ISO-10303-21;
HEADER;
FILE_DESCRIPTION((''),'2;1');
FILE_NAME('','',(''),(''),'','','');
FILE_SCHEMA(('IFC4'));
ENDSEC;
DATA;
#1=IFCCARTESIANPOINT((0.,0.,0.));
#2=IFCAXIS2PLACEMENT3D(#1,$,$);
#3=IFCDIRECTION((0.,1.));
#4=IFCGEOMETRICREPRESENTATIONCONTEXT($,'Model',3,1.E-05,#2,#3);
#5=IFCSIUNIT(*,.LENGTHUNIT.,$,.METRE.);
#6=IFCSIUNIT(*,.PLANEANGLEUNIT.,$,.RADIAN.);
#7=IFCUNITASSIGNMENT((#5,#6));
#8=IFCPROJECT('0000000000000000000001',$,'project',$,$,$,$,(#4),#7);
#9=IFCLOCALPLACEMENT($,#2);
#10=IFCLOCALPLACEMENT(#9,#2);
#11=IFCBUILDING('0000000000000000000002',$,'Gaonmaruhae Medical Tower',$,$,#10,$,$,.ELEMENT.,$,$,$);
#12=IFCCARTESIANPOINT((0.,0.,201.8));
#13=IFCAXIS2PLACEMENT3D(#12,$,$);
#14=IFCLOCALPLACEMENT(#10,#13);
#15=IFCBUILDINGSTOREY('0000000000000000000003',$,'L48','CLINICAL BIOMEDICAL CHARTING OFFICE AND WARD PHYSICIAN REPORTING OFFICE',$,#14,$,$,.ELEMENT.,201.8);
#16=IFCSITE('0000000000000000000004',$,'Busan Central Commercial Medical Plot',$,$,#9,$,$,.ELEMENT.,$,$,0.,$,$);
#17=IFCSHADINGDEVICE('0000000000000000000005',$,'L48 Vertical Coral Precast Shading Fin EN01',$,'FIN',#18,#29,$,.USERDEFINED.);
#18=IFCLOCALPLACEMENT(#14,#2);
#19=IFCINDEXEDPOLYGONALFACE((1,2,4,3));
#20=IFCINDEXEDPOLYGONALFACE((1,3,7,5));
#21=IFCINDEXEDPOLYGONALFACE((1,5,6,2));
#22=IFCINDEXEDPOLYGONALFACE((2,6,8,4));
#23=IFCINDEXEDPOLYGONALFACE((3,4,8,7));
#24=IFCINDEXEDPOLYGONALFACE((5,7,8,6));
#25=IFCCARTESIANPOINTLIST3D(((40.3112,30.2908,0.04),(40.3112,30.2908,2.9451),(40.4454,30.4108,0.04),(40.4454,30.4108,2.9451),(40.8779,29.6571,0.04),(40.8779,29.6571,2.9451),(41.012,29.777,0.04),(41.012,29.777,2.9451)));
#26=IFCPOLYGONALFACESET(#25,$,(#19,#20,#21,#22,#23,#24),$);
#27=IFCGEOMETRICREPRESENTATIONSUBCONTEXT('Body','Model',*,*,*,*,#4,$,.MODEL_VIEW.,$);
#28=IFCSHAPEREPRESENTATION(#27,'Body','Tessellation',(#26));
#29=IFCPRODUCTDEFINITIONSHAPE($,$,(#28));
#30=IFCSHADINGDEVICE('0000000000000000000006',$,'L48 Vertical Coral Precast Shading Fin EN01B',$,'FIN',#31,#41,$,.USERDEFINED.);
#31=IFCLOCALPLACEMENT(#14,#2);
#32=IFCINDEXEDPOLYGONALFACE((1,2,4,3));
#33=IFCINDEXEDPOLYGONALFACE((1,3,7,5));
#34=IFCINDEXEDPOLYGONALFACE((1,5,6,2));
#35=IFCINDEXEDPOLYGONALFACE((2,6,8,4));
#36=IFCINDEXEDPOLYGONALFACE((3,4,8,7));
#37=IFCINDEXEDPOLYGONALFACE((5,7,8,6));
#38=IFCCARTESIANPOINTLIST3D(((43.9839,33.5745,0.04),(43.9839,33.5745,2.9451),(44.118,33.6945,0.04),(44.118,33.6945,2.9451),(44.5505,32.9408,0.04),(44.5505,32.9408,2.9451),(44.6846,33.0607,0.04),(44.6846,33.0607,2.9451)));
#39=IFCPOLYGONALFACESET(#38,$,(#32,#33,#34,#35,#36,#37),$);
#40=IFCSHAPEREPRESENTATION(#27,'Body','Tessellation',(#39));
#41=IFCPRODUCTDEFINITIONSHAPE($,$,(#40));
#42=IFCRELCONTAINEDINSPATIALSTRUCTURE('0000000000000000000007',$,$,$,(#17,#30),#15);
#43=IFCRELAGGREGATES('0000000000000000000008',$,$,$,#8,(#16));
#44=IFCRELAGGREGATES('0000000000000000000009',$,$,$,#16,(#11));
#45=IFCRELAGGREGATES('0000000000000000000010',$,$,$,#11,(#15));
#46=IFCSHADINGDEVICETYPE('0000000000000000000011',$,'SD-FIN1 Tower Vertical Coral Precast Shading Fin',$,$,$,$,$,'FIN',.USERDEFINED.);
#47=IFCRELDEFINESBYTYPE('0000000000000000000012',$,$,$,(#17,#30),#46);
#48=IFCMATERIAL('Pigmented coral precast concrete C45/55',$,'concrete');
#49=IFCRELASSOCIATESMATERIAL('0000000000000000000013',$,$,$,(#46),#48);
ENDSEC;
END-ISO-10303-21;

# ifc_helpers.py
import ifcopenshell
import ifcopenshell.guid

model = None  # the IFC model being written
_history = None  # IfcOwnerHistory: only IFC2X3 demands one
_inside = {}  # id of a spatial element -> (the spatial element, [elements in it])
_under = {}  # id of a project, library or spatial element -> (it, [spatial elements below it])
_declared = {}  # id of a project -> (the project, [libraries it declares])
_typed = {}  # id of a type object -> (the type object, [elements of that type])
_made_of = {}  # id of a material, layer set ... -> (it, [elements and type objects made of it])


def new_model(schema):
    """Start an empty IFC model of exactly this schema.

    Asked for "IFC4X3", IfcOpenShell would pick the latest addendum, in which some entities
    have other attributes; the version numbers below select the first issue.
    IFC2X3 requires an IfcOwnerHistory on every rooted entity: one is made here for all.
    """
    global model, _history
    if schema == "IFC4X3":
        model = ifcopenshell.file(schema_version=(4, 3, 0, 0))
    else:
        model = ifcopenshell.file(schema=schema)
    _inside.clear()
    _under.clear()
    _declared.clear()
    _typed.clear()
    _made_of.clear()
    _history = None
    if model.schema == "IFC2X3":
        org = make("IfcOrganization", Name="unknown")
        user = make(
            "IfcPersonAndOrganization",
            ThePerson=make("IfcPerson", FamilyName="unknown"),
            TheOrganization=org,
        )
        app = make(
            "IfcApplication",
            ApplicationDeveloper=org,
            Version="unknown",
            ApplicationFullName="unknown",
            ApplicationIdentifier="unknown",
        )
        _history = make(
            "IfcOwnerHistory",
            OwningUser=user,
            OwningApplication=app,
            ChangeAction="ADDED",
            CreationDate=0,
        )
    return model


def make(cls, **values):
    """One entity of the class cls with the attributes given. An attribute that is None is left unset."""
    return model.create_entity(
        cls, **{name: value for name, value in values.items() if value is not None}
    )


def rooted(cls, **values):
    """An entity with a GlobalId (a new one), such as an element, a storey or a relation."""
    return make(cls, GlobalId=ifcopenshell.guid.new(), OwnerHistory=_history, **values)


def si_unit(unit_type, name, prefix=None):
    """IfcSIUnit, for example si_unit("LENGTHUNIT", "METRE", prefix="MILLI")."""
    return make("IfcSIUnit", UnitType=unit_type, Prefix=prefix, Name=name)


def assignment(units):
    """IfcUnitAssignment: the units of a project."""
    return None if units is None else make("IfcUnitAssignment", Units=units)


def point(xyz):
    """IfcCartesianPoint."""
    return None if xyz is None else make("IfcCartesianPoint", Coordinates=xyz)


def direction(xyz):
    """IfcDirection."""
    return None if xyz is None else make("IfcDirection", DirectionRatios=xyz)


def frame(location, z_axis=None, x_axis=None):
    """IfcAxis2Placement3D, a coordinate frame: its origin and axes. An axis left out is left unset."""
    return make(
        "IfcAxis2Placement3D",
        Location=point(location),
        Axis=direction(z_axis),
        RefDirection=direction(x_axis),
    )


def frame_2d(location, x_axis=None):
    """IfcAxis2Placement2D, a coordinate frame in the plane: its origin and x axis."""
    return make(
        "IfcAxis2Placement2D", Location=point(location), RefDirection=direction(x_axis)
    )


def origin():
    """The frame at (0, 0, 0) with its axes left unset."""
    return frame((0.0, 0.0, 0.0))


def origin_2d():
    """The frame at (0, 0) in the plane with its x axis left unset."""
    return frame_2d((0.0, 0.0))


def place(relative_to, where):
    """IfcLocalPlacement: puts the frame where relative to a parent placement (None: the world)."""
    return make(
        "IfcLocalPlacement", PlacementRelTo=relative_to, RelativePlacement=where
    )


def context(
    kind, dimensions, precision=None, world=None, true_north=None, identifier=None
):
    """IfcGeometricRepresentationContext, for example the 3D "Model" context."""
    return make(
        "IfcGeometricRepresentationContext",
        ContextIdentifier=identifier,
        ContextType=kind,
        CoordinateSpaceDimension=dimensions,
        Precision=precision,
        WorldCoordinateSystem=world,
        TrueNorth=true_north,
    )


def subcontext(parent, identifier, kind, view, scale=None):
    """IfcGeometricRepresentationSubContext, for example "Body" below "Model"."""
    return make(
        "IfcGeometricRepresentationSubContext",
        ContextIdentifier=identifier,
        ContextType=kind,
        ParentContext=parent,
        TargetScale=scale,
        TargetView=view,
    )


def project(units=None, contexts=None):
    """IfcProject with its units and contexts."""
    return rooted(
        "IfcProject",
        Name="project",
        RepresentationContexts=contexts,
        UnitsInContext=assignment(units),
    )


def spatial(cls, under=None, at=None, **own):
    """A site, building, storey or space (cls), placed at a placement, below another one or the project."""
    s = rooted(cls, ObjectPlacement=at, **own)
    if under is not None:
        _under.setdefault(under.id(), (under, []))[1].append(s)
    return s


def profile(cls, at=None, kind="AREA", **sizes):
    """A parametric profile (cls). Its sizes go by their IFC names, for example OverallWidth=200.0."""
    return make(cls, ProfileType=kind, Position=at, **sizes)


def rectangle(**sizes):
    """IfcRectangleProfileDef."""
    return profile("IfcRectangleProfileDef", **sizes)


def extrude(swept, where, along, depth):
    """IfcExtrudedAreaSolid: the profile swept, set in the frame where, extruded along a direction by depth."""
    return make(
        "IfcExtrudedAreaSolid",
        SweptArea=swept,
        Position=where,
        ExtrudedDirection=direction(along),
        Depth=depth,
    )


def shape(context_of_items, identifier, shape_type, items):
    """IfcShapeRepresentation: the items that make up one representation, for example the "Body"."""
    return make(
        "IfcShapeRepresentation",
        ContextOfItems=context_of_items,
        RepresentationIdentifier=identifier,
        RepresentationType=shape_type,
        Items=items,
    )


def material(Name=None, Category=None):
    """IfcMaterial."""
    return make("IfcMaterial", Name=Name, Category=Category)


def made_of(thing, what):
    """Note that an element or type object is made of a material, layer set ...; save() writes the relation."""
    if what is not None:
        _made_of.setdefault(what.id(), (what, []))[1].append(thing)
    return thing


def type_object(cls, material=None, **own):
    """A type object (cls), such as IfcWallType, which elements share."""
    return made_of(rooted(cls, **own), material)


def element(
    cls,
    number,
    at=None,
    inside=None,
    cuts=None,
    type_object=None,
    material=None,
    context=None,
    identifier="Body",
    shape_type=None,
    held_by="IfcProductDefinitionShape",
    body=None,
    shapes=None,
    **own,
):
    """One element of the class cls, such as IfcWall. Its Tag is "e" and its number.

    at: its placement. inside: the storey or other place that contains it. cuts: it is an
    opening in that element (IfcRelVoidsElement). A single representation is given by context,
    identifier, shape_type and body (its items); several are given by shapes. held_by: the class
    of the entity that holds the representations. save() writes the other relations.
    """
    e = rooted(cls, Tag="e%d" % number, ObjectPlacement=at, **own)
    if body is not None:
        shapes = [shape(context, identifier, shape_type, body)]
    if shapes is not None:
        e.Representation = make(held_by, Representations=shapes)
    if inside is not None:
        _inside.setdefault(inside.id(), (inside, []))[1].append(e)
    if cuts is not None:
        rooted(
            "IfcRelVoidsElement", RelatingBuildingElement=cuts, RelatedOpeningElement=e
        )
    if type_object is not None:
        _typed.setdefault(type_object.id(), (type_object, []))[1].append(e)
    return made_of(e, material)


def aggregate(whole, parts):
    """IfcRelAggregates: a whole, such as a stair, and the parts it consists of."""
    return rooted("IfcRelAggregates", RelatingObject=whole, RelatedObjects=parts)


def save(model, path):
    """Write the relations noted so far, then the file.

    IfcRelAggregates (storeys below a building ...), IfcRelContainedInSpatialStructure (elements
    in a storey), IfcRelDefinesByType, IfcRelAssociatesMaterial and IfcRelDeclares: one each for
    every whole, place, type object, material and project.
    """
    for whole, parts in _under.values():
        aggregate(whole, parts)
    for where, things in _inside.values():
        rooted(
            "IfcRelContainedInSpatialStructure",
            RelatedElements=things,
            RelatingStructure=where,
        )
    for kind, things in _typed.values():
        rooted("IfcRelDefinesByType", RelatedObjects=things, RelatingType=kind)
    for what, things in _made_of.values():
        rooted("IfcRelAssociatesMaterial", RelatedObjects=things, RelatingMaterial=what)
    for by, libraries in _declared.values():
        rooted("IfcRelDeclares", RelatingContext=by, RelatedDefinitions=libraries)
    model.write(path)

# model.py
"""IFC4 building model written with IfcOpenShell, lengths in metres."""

from ifc_helpers import new_model, si_unit, direction, frame, origin, origin_2d, place, context, subcontext, project, spatial, rectangle, extrude, material, type_object, element, save


model = new_model("IFC4")

# Units and contexts
model_context = context("Model", 3, precision=1e-05, world=origin(), true_north=direction((0.0, 1.0)))
body_context = subcontext(model_context, "Body", "Model", "MODEL_VIEW")
ifc_project = project(units=[si_unit("LENGTHUNIT", "METRE"), si_unit("PLANEANGLEUNIT", "RADIAN")], contexts=[model_context])

# Site, building, storey
site_placement = place(None, origin())
site = spatial("IfcSite", under=ifc_project, at=site_placement, Name="Busan Central Commercial Medical Plot", CompositionType="ELEMENT", RefElevation=0.0)
building_placement = place(site_placement, origin())
building = spatial("IfcBuilding", under=site, at=building_placement, Name="Gaonmaruhae Medical Tower", CompositionType="ELEMENT")
storey_placement = place(building_placement, frame((0.0, 0.0, 201.8)))
storey = spatial("IfcBuildingStorey", under=building, at=storey_placement, Name="L48", Description="CLINICAL BIOMEDICAL CHARTING OFFICE AND WARD PHYSICIAN REPORTING OFFICE", CompositionType="ELEMENT", Elevation=201.8)

# Shading devices
ifc_material_1 = material(Name="Pigmented coral precast concrete C45/55", Category="concrete")
shading_device_type = type_object("IfcShadingDeviceType", Name="SD-FIN1 Tower Vertical Coral Precast Shading Fin", ElementType="FIN", PredefinedType="USERDEFINED", material=ifc_material_1)
for number, where, z_axis, x_axis, name in (
    (1, (40.6616, 30.0339, 0.04), (0.0, 0.0, 1.0), (0.745476, 0.666532, 0.0), "L48 Vertical Coral Precast Shading Fin EN01"),
    (2, (44.3342, 33.3176, 0.04), (0.0, 0.0, 1.0), (0.745476, 0.666532, 0.0), "L48 Vertical Coral Precast Shading Fin EN01B"),
):
    element("IfcShadingDevice", number, at=place(storey_placement, frame(where, z_axis=z_axis, x_axis=x_axis)), inside=storey, type_object=shading_device_type, Name=name, ObjectType="FIN", PredefinedType="USERDEFINED", context=body_context, shape_type="SweptSolid", body=[
        extrude(rectangle(XDim=0.1799, YDim=0.8501, at=origin_2d()), origin(), (0.0, 0.0, 1.0), 2.905),
    ])

save(model, "model.ifc")
